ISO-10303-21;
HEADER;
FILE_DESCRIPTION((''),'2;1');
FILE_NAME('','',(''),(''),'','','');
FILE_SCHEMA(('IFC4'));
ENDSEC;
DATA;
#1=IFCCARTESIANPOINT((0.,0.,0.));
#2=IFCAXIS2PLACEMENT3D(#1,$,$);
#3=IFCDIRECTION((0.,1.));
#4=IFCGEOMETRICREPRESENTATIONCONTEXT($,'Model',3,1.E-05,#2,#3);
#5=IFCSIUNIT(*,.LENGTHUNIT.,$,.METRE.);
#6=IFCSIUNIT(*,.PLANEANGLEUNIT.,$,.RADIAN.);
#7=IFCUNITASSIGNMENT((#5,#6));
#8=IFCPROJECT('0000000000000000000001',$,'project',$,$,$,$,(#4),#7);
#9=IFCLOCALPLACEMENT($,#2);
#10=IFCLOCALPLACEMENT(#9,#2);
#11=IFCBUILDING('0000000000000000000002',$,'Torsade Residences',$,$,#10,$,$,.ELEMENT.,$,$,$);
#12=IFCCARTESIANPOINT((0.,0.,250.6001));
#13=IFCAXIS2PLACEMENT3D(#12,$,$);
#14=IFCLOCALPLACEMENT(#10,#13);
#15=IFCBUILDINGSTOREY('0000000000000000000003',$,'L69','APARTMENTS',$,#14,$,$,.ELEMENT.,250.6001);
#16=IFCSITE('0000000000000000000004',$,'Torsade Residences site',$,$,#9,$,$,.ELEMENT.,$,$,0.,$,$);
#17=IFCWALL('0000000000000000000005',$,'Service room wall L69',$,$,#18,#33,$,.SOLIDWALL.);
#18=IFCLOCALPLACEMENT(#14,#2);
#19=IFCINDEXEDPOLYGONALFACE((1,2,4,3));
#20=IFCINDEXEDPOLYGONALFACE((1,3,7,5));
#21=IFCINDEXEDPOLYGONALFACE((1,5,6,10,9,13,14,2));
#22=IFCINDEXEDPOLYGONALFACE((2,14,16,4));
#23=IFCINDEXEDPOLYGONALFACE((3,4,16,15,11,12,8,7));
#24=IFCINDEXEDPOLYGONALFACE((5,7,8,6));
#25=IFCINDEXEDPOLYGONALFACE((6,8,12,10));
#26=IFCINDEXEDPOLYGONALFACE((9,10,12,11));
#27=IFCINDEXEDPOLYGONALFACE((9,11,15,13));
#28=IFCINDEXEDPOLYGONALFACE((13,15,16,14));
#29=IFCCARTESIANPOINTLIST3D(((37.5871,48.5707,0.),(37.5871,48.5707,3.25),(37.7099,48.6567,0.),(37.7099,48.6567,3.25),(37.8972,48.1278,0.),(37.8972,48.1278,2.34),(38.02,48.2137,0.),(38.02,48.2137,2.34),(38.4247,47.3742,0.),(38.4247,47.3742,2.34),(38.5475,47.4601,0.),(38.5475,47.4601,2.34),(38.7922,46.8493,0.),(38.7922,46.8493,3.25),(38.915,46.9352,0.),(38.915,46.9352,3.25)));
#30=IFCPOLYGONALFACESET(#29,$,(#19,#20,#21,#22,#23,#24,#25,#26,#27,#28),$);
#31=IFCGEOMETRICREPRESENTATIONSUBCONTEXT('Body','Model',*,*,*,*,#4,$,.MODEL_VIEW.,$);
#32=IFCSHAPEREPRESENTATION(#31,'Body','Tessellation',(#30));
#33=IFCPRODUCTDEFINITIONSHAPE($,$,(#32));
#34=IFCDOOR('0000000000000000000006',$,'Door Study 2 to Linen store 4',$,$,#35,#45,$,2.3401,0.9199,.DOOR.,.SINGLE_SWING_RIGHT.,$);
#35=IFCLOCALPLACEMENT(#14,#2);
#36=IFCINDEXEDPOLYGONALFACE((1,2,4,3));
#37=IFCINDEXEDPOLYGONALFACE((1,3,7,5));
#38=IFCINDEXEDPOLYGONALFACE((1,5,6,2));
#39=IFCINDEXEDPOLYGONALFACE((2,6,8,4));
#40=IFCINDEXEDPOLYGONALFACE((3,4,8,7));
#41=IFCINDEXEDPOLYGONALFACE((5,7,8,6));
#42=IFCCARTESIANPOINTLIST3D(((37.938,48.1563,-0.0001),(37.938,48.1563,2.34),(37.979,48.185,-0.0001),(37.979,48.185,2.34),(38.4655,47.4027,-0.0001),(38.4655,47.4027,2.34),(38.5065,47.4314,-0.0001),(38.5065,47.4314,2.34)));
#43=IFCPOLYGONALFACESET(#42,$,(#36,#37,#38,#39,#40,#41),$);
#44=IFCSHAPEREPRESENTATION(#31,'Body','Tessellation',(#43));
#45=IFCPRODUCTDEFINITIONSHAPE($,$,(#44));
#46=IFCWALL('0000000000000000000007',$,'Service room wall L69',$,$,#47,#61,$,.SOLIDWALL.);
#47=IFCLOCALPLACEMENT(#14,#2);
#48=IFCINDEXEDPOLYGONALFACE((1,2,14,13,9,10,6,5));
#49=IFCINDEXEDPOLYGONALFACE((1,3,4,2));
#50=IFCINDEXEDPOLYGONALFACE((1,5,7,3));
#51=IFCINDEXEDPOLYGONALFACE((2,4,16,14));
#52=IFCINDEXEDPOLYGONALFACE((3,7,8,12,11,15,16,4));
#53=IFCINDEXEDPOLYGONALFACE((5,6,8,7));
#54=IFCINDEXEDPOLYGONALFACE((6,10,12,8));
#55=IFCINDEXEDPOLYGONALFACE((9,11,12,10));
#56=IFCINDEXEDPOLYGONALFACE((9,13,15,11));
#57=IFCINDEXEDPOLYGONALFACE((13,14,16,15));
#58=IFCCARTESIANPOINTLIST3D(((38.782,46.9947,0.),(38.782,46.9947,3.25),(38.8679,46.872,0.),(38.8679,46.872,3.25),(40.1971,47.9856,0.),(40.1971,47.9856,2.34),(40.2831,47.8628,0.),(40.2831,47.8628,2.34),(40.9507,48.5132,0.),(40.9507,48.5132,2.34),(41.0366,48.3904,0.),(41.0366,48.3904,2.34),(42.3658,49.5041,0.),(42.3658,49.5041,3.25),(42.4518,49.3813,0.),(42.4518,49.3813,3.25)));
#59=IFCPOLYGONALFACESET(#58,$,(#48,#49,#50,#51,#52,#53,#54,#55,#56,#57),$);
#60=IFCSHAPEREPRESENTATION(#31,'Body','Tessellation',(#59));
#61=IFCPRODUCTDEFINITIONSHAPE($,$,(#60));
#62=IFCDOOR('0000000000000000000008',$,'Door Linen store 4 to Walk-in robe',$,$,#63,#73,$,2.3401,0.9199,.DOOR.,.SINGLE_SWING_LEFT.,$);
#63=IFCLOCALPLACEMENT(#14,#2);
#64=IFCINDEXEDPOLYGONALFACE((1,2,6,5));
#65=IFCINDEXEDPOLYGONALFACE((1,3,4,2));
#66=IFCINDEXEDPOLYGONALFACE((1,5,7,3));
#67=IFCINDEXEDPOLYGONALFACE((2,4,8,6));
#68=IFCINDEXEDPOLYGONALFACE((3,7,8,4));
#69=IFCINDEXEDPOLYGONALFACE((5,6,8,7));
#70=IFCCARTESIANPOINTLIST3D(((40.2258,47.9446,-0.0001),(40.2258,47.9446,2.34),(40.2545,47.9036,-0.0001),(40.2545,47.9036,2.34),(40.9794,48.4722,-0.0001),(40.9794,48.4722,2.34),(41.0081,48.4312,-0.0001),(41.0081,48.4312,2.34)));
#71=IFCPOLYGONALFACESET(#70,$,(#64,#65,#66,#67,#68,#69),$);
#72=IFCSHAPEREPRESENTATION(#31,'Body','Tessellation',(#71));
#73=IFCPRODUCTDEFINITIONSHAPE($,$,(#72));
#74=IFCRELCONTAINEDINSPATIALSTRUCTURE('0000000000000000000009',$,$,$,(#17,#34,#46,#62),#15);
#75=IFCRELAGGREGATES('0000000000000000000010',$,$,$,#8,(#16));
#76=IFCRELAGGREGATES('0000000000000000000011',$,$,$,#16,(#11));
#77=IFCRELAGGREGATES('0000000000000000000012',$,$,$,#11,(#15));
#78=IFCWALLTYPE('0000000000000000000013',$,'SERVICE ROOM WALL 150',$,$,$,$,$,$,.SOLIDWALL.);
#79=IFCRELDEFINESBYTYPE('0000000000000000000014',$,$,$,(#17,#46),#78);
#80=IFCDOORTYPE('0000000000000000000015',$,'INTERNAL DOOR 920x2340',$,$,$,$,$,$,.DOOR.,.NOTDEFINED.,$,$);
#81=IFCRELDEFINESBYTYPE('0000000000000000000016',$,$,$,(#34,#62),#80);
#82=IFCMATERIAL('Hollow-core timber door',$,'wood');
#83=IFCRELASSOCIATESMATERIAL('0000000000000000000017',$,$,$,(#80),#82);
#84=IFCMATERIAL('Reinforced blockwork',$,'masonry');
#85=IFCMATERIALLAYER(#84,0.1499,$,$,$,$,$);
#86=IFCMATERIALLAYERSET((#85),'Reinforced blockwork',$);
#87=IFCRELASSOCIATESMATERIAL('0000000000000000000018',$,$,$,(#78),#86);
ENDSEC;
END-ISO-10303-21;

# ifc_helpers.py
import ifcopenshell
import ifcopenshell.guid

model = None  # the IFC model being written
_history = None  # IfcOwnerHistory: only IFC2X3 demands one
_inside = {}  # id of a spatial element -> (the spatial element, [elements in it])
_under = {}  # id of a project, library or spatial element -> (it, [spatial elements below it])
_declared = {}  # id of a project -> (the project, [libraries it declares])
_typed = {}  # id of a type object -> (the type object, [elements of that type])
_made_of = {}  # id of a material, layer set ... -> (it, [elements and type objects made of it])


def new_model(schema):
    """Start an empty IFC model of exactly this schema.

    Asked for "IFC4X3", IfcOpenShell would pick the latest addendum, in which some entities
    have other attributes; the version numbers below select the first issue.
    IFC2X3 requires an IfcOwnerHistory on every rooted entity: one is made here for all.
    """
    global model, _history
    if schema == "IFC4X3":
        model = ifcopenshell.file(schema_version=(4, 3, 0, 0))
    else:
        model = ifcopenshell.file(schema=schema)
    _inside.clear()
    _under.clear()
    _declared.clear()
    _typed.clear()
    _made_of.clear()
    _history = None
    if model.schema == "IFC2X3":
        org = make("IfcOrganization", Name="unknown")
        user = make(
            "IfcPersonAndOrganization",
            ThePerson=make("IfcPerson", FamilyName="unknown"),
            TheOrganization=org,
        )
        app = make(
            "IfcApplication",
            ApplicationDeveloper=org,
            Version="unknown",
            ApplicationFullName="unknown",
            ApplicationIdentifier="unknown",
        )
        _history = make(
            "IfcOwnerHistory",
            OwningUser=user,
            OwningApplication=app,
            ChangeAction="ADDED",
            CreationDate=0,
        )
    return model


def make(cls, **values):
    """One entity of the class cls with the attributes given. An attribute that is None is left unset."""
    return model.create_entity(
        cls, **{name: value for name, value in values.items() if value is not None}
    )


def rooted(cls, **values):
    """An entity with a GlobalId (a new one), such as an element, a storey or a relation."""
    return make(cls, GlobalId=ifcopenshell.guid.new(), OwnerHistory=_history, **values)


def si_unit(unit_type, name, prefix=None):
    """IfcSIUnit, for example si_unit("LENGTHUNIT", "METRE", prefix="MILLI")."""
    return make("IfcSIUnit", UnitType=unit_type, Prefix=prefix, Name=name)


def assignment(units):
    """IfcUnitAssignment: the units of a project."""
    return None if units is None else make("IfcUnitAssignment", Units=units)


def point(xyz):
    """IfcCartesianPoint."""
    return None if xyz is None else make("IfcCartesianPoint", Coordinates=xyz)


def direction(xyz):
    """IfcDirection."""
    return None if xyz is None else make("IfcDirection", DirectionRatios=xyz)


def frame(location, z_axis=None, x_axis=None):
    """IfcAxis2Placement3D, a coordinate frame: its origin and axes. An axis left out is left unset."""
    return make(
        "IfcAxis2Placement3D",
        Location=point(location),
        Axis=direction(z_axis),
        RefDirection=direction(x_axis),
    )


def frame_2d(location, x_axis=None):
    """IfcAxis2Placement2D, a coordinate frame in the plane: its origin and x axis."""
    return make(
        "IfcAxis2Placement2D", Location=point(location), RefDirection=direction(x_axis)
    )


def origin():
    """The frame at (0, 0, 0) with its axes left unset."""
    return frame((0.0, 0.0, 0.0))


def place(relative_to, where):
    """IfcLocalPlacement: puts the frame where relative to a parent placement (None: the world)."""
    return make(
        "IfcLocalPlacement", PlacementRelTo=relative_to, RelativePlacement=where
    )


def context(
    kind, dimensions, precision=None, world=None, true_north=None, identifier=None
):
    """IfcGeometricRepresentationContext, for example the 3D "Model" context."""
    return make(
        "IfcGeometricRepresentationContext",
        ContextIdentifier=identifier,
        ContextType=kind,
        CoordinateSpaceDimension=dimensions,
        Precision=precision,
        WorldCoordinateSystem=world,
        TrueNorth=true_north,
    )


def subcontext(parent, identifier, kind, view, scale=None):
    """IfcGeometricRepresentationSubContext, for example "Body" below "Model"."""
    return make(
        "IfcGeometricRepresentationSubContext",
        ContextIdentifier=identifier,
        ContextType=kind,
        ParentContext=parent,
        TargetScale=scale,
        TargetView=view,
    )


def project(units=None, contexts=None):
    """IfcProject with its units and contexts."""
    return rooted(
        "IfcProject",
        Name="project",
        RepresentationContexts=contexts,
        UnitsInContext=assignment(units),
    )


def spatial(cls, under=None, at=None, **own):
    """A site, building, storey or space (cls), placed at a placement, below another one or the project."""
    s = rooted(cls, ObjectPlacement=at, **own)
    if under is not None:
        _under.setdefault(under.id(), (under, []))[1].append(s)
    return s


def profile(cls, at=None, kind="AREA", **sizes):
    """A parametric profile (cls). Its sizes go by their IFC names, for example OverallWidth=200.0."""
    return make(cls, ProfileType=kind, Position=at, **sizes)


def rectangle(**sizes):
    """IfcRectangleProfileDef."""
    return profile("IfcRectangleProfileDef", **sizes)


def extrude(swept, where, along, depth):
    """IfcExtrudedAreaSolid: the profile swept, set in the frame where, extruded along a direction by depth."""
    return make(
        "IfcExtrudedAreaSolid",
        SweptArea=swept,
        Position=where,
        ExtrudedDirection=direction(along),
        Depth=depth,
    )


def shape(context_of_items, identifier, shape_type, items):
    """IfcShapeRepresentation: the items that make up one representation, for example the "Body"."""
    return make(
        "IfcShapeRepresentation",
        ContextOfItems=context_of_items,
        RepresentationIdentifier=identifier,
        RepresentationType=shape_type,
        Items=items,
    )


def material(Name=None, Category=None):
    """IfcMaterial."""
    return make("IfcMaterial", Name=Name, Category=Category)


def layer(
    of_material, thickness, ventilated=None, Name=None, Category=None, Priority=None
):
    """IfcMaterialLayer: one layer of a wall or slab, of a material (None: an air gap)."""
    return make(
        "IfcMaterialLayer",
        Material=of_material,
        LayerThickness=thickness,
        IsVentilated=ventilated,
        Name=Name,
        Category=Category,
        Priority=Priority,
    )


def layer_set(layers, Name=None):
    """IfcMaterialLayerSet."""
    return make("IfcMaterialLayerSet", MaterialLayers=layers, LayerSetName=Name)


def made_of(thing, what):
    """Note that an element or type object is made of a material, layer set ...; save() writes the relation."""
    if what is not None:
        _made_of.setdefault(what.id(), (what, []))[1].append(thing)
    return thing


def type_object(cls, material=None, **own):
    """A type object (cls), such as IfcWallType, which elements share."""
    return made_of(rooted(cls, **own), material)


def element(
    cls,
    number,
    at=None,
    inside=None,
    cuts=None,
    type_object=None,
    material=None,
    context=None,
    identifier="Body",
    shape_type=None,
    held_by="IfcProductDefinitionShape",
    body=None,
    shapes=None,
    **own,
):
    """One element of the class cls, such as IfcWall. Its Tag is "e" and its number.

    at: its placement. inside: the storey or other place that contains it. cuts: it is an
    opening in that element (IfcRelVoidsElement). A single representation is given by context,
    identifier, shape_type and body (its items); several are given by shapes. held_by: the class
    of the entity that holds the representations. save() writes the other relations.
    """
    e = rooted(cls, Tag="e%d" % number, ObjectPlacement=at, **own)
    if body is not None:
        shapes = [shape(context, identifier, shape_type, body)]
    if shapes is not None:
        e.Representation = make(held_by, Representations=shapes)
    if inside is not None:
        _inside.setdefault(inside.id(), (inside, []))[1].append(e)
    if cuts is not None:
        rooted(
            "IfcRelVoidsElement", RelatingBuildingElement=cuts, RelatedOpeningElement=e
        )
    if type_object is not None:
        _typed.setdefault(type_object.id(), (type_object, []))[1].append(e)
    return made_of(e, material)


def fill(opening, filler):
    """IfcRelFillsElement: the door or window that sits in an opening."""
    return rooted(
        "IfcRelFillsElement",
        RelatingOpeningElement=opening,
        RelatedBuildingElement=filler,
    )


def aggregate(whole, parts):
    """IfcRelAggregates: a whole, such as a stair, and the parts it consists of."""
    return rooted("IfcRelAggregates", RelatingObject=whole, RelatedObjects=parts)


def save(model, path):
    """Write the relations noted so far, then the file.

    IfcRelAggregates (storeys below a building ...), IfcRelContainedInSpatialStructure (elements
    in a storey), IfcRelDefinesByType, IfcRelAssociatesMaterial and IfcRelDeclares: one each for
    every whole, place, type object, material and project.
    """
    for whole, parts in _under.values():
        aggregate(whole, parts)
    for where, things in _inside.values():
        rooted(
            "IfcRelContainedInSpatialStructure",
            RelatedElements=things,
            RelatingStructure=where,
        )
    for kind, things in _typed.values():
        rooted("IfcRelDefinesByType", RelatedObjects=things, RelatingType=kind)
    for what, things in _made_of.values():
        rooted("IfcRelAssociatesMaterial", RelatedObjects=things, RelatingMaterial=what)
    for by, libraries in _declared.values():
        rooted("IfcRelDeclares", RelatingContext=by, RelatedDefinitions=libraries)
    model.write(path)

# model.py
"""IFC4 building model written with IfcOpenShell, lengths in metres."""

from ifc_helpers import new_model, si_unit, direction, frame, frame_2d, origin, place, context, subcontext, project, spatial, rectangle, extrude, material, layer, layer_set, type_object, element, fill, save


model = new_model("IFC4")

# Units and contexts
model_context = context("Model", 3, precision=1e-05, world=origin(), true_north=direction((0.0, 1.0)))
body_context = subcontext(model_context, "Body", "Model", "MODEL_VIEW")
ifc_project = project(units=[si_unit("LENGTHUNIT", "METRE"), si_unit("PLANEANGLEUNIT", "RADIAN")], contexts=[model_context])

# Site, building, storey
site_placement = place(None, origin())
site = spatial("IfcSite", under=ifc_project, at=site_placement, Name="Torsade Residences site", CompositionType="ELEMENT", RefElevation=0.0)
building_placement = place(site_placement, origin())
building = spatial("IfcBuilding", under=site, at=building_placement, Name="Torsade Residences", CompositionType="ELEMENT")
storey_placement = place(building_placement, frame((0.0, 0.0, 250.6001)))
storey = spatial("IfcBuildingStorey", under=building, at=storey_placement, Name="L69", Description="APARTMENTS", CompositionType="ELEMENT", Elevation=250.6001)

# Shared definitions
ifc_material_1 = material(Name="Hollow-core timber door", Category="wood")
door_type = type_object("IfcDoorType", Name="INTERNAL DOOR 920x2340", OperationType="NOTDEFINED", PredefinedType="DOOR", material=ifc_material_1)

# Walls, openings, doors
ifc_material_2 = material(Name="Reinforced blockwork", Category="masonry")
ifc_layer_1 = layer(ifc_material_2, 0.1499)
ifc_layer_set_1 = layer_set([ifc_layer_1], Name="Reinforced blockwork")
wall_type_1 = type_object("IfcWallType", Name="SERVICE ROOM WALL 150", PredefinedType="SOLIDWALL", material=ifc_layer_set_1)
wall_1_placement = place(storey_placement, frame((37.6484, 48.6138, 0.0), z_axis=(0.0, 0.0, 1.0), x_axis=(0.573486, -0.819216, 0.0)))
wall_1 = element("IfcWall", 1, at=wall_1_placement, inside=storey, type_object=wall_type_1, Name="Service room wall L69", PredefinedType="SOLIDWALL", context=body_context, shape_type="SweptSolid", body=[
    extrude(rectangle(XDim=2.1013, YDim=0.1499, at=frame_2d((1.0508, 0.0))), origin(), (0.0, 0.0, 1.0), 3.25),
])
opening_1_placement = place(wall_1_placement, frame((0.5408, 0.0, 0.0)))
opening_1 = element("IfcOpeningElement", 2, at=opening_1_placement, cuts=wall_1, PredefinedType="OPENING", context=body_context, shape_type="SweptSolid", body=[
    extrude(rectangle(XDim=0.9199, YDim=2.3401, at=frame_2d((0.46, 1.1699))), frame((0.0, 0.085, 0.0), z_axis=(0.0, -1.0, 0.0), x_axis=(1.0, 0.0, 0.0)), (0.0, 0.0, 1.0), 0.1699),
])
door_1_placement = place(opening_1_placement, origin())
door_1 = element("IfcDoor", 3, at=door_1_placement, inside=storey, type_object=door_type, Name="Door Study 2 to Linen store 4", OperationType="SINGLE_SWING_RIGHT", OverallHeight=2.3401, OverallWidth=0.9199, PredefinedType="DOOR", context=body_context, shape_type="SweptSolid", body=[
    extrude(rectangle(XDim=0.9199, YDim=2.3401, at=frame_2d((0.46, 1.1699))), frame((0.0, 0.0249, 0.0), z_axis=(0.0, -1.0, 0.0), x_axis=(1.0, 0.0, 0.0)), (0.0, 0.0, 1.0), 0.05),
])
fill(opening_1, door_1)
wall_2_placement = place(storey_placement, frame((38.825, 46.9333, 0.0), z_axis=(0.0, 0.0, 1.0), x_axis=(0.819161, 0.573563, 0.0)))
wall_2 = element("IfcWall", 4, at=wall_2_placement, inside=storey, type_object=wall_type_1, Name="Service room wall L69", PredefinedType="SOLIDWALL", context=body_context, shape_type="SweptSolid", body=[
    extrude(rectangle(XDim=4.375, YDim=0.1499, at=frame_2d((2.1875, 0.0))), origin(), (0.0, 0.0, 1.0), 3.25),
])
opening_2_placement = place(wall_2_placement, frame((1.7275, 0.0, 0.0)))
opening_2 = element("IfcOpeningElement", 5, at=opening_2_placement, cuts=wall_2, PredefinedType="OPENING", context=body_context, shape_type="SweptSolid", body=[
    extrude(rectangle(XDim=0.9199, YDim=2.3401, at=frame_2d((0.46, 1.1699))), frame((0.0, 0.085, 0.0), z_axis=(0.0, -1.0, 0.0), x_axis=(1.0, 0.0, 0.0)), (0.0, 0.0, 1.0), 0.1699),
])
door_2_placement = place(opening_2_placement, origin())
door_2 = element("IfcDoor", 6, at=door_2_placement, inside=storey, type_object=door_type, Name="Door Linen store 4 to Walk-in robe", OperationType="SINGLE_SWING_LEFT", OverallHeight=2.3401, OverallWidth=0.9199, PredefinedType="DOOR", context=body_context, shape_type="SweptSolid", body=[
    extrude(rectangle(XDim=0.9199, YDim=2.3401, at=frame_2d((0.46, 1.1699))), frame((0.0, 0.0249, 0.0), z_axis=(0.0, -1.0, 0.0), x_axis=(1.0, 0.0, 0.0)), (0.0, 0.0, 1.0), 0.05),
])
fill(opening_2, door_2)

save(model, "model.ifc")
